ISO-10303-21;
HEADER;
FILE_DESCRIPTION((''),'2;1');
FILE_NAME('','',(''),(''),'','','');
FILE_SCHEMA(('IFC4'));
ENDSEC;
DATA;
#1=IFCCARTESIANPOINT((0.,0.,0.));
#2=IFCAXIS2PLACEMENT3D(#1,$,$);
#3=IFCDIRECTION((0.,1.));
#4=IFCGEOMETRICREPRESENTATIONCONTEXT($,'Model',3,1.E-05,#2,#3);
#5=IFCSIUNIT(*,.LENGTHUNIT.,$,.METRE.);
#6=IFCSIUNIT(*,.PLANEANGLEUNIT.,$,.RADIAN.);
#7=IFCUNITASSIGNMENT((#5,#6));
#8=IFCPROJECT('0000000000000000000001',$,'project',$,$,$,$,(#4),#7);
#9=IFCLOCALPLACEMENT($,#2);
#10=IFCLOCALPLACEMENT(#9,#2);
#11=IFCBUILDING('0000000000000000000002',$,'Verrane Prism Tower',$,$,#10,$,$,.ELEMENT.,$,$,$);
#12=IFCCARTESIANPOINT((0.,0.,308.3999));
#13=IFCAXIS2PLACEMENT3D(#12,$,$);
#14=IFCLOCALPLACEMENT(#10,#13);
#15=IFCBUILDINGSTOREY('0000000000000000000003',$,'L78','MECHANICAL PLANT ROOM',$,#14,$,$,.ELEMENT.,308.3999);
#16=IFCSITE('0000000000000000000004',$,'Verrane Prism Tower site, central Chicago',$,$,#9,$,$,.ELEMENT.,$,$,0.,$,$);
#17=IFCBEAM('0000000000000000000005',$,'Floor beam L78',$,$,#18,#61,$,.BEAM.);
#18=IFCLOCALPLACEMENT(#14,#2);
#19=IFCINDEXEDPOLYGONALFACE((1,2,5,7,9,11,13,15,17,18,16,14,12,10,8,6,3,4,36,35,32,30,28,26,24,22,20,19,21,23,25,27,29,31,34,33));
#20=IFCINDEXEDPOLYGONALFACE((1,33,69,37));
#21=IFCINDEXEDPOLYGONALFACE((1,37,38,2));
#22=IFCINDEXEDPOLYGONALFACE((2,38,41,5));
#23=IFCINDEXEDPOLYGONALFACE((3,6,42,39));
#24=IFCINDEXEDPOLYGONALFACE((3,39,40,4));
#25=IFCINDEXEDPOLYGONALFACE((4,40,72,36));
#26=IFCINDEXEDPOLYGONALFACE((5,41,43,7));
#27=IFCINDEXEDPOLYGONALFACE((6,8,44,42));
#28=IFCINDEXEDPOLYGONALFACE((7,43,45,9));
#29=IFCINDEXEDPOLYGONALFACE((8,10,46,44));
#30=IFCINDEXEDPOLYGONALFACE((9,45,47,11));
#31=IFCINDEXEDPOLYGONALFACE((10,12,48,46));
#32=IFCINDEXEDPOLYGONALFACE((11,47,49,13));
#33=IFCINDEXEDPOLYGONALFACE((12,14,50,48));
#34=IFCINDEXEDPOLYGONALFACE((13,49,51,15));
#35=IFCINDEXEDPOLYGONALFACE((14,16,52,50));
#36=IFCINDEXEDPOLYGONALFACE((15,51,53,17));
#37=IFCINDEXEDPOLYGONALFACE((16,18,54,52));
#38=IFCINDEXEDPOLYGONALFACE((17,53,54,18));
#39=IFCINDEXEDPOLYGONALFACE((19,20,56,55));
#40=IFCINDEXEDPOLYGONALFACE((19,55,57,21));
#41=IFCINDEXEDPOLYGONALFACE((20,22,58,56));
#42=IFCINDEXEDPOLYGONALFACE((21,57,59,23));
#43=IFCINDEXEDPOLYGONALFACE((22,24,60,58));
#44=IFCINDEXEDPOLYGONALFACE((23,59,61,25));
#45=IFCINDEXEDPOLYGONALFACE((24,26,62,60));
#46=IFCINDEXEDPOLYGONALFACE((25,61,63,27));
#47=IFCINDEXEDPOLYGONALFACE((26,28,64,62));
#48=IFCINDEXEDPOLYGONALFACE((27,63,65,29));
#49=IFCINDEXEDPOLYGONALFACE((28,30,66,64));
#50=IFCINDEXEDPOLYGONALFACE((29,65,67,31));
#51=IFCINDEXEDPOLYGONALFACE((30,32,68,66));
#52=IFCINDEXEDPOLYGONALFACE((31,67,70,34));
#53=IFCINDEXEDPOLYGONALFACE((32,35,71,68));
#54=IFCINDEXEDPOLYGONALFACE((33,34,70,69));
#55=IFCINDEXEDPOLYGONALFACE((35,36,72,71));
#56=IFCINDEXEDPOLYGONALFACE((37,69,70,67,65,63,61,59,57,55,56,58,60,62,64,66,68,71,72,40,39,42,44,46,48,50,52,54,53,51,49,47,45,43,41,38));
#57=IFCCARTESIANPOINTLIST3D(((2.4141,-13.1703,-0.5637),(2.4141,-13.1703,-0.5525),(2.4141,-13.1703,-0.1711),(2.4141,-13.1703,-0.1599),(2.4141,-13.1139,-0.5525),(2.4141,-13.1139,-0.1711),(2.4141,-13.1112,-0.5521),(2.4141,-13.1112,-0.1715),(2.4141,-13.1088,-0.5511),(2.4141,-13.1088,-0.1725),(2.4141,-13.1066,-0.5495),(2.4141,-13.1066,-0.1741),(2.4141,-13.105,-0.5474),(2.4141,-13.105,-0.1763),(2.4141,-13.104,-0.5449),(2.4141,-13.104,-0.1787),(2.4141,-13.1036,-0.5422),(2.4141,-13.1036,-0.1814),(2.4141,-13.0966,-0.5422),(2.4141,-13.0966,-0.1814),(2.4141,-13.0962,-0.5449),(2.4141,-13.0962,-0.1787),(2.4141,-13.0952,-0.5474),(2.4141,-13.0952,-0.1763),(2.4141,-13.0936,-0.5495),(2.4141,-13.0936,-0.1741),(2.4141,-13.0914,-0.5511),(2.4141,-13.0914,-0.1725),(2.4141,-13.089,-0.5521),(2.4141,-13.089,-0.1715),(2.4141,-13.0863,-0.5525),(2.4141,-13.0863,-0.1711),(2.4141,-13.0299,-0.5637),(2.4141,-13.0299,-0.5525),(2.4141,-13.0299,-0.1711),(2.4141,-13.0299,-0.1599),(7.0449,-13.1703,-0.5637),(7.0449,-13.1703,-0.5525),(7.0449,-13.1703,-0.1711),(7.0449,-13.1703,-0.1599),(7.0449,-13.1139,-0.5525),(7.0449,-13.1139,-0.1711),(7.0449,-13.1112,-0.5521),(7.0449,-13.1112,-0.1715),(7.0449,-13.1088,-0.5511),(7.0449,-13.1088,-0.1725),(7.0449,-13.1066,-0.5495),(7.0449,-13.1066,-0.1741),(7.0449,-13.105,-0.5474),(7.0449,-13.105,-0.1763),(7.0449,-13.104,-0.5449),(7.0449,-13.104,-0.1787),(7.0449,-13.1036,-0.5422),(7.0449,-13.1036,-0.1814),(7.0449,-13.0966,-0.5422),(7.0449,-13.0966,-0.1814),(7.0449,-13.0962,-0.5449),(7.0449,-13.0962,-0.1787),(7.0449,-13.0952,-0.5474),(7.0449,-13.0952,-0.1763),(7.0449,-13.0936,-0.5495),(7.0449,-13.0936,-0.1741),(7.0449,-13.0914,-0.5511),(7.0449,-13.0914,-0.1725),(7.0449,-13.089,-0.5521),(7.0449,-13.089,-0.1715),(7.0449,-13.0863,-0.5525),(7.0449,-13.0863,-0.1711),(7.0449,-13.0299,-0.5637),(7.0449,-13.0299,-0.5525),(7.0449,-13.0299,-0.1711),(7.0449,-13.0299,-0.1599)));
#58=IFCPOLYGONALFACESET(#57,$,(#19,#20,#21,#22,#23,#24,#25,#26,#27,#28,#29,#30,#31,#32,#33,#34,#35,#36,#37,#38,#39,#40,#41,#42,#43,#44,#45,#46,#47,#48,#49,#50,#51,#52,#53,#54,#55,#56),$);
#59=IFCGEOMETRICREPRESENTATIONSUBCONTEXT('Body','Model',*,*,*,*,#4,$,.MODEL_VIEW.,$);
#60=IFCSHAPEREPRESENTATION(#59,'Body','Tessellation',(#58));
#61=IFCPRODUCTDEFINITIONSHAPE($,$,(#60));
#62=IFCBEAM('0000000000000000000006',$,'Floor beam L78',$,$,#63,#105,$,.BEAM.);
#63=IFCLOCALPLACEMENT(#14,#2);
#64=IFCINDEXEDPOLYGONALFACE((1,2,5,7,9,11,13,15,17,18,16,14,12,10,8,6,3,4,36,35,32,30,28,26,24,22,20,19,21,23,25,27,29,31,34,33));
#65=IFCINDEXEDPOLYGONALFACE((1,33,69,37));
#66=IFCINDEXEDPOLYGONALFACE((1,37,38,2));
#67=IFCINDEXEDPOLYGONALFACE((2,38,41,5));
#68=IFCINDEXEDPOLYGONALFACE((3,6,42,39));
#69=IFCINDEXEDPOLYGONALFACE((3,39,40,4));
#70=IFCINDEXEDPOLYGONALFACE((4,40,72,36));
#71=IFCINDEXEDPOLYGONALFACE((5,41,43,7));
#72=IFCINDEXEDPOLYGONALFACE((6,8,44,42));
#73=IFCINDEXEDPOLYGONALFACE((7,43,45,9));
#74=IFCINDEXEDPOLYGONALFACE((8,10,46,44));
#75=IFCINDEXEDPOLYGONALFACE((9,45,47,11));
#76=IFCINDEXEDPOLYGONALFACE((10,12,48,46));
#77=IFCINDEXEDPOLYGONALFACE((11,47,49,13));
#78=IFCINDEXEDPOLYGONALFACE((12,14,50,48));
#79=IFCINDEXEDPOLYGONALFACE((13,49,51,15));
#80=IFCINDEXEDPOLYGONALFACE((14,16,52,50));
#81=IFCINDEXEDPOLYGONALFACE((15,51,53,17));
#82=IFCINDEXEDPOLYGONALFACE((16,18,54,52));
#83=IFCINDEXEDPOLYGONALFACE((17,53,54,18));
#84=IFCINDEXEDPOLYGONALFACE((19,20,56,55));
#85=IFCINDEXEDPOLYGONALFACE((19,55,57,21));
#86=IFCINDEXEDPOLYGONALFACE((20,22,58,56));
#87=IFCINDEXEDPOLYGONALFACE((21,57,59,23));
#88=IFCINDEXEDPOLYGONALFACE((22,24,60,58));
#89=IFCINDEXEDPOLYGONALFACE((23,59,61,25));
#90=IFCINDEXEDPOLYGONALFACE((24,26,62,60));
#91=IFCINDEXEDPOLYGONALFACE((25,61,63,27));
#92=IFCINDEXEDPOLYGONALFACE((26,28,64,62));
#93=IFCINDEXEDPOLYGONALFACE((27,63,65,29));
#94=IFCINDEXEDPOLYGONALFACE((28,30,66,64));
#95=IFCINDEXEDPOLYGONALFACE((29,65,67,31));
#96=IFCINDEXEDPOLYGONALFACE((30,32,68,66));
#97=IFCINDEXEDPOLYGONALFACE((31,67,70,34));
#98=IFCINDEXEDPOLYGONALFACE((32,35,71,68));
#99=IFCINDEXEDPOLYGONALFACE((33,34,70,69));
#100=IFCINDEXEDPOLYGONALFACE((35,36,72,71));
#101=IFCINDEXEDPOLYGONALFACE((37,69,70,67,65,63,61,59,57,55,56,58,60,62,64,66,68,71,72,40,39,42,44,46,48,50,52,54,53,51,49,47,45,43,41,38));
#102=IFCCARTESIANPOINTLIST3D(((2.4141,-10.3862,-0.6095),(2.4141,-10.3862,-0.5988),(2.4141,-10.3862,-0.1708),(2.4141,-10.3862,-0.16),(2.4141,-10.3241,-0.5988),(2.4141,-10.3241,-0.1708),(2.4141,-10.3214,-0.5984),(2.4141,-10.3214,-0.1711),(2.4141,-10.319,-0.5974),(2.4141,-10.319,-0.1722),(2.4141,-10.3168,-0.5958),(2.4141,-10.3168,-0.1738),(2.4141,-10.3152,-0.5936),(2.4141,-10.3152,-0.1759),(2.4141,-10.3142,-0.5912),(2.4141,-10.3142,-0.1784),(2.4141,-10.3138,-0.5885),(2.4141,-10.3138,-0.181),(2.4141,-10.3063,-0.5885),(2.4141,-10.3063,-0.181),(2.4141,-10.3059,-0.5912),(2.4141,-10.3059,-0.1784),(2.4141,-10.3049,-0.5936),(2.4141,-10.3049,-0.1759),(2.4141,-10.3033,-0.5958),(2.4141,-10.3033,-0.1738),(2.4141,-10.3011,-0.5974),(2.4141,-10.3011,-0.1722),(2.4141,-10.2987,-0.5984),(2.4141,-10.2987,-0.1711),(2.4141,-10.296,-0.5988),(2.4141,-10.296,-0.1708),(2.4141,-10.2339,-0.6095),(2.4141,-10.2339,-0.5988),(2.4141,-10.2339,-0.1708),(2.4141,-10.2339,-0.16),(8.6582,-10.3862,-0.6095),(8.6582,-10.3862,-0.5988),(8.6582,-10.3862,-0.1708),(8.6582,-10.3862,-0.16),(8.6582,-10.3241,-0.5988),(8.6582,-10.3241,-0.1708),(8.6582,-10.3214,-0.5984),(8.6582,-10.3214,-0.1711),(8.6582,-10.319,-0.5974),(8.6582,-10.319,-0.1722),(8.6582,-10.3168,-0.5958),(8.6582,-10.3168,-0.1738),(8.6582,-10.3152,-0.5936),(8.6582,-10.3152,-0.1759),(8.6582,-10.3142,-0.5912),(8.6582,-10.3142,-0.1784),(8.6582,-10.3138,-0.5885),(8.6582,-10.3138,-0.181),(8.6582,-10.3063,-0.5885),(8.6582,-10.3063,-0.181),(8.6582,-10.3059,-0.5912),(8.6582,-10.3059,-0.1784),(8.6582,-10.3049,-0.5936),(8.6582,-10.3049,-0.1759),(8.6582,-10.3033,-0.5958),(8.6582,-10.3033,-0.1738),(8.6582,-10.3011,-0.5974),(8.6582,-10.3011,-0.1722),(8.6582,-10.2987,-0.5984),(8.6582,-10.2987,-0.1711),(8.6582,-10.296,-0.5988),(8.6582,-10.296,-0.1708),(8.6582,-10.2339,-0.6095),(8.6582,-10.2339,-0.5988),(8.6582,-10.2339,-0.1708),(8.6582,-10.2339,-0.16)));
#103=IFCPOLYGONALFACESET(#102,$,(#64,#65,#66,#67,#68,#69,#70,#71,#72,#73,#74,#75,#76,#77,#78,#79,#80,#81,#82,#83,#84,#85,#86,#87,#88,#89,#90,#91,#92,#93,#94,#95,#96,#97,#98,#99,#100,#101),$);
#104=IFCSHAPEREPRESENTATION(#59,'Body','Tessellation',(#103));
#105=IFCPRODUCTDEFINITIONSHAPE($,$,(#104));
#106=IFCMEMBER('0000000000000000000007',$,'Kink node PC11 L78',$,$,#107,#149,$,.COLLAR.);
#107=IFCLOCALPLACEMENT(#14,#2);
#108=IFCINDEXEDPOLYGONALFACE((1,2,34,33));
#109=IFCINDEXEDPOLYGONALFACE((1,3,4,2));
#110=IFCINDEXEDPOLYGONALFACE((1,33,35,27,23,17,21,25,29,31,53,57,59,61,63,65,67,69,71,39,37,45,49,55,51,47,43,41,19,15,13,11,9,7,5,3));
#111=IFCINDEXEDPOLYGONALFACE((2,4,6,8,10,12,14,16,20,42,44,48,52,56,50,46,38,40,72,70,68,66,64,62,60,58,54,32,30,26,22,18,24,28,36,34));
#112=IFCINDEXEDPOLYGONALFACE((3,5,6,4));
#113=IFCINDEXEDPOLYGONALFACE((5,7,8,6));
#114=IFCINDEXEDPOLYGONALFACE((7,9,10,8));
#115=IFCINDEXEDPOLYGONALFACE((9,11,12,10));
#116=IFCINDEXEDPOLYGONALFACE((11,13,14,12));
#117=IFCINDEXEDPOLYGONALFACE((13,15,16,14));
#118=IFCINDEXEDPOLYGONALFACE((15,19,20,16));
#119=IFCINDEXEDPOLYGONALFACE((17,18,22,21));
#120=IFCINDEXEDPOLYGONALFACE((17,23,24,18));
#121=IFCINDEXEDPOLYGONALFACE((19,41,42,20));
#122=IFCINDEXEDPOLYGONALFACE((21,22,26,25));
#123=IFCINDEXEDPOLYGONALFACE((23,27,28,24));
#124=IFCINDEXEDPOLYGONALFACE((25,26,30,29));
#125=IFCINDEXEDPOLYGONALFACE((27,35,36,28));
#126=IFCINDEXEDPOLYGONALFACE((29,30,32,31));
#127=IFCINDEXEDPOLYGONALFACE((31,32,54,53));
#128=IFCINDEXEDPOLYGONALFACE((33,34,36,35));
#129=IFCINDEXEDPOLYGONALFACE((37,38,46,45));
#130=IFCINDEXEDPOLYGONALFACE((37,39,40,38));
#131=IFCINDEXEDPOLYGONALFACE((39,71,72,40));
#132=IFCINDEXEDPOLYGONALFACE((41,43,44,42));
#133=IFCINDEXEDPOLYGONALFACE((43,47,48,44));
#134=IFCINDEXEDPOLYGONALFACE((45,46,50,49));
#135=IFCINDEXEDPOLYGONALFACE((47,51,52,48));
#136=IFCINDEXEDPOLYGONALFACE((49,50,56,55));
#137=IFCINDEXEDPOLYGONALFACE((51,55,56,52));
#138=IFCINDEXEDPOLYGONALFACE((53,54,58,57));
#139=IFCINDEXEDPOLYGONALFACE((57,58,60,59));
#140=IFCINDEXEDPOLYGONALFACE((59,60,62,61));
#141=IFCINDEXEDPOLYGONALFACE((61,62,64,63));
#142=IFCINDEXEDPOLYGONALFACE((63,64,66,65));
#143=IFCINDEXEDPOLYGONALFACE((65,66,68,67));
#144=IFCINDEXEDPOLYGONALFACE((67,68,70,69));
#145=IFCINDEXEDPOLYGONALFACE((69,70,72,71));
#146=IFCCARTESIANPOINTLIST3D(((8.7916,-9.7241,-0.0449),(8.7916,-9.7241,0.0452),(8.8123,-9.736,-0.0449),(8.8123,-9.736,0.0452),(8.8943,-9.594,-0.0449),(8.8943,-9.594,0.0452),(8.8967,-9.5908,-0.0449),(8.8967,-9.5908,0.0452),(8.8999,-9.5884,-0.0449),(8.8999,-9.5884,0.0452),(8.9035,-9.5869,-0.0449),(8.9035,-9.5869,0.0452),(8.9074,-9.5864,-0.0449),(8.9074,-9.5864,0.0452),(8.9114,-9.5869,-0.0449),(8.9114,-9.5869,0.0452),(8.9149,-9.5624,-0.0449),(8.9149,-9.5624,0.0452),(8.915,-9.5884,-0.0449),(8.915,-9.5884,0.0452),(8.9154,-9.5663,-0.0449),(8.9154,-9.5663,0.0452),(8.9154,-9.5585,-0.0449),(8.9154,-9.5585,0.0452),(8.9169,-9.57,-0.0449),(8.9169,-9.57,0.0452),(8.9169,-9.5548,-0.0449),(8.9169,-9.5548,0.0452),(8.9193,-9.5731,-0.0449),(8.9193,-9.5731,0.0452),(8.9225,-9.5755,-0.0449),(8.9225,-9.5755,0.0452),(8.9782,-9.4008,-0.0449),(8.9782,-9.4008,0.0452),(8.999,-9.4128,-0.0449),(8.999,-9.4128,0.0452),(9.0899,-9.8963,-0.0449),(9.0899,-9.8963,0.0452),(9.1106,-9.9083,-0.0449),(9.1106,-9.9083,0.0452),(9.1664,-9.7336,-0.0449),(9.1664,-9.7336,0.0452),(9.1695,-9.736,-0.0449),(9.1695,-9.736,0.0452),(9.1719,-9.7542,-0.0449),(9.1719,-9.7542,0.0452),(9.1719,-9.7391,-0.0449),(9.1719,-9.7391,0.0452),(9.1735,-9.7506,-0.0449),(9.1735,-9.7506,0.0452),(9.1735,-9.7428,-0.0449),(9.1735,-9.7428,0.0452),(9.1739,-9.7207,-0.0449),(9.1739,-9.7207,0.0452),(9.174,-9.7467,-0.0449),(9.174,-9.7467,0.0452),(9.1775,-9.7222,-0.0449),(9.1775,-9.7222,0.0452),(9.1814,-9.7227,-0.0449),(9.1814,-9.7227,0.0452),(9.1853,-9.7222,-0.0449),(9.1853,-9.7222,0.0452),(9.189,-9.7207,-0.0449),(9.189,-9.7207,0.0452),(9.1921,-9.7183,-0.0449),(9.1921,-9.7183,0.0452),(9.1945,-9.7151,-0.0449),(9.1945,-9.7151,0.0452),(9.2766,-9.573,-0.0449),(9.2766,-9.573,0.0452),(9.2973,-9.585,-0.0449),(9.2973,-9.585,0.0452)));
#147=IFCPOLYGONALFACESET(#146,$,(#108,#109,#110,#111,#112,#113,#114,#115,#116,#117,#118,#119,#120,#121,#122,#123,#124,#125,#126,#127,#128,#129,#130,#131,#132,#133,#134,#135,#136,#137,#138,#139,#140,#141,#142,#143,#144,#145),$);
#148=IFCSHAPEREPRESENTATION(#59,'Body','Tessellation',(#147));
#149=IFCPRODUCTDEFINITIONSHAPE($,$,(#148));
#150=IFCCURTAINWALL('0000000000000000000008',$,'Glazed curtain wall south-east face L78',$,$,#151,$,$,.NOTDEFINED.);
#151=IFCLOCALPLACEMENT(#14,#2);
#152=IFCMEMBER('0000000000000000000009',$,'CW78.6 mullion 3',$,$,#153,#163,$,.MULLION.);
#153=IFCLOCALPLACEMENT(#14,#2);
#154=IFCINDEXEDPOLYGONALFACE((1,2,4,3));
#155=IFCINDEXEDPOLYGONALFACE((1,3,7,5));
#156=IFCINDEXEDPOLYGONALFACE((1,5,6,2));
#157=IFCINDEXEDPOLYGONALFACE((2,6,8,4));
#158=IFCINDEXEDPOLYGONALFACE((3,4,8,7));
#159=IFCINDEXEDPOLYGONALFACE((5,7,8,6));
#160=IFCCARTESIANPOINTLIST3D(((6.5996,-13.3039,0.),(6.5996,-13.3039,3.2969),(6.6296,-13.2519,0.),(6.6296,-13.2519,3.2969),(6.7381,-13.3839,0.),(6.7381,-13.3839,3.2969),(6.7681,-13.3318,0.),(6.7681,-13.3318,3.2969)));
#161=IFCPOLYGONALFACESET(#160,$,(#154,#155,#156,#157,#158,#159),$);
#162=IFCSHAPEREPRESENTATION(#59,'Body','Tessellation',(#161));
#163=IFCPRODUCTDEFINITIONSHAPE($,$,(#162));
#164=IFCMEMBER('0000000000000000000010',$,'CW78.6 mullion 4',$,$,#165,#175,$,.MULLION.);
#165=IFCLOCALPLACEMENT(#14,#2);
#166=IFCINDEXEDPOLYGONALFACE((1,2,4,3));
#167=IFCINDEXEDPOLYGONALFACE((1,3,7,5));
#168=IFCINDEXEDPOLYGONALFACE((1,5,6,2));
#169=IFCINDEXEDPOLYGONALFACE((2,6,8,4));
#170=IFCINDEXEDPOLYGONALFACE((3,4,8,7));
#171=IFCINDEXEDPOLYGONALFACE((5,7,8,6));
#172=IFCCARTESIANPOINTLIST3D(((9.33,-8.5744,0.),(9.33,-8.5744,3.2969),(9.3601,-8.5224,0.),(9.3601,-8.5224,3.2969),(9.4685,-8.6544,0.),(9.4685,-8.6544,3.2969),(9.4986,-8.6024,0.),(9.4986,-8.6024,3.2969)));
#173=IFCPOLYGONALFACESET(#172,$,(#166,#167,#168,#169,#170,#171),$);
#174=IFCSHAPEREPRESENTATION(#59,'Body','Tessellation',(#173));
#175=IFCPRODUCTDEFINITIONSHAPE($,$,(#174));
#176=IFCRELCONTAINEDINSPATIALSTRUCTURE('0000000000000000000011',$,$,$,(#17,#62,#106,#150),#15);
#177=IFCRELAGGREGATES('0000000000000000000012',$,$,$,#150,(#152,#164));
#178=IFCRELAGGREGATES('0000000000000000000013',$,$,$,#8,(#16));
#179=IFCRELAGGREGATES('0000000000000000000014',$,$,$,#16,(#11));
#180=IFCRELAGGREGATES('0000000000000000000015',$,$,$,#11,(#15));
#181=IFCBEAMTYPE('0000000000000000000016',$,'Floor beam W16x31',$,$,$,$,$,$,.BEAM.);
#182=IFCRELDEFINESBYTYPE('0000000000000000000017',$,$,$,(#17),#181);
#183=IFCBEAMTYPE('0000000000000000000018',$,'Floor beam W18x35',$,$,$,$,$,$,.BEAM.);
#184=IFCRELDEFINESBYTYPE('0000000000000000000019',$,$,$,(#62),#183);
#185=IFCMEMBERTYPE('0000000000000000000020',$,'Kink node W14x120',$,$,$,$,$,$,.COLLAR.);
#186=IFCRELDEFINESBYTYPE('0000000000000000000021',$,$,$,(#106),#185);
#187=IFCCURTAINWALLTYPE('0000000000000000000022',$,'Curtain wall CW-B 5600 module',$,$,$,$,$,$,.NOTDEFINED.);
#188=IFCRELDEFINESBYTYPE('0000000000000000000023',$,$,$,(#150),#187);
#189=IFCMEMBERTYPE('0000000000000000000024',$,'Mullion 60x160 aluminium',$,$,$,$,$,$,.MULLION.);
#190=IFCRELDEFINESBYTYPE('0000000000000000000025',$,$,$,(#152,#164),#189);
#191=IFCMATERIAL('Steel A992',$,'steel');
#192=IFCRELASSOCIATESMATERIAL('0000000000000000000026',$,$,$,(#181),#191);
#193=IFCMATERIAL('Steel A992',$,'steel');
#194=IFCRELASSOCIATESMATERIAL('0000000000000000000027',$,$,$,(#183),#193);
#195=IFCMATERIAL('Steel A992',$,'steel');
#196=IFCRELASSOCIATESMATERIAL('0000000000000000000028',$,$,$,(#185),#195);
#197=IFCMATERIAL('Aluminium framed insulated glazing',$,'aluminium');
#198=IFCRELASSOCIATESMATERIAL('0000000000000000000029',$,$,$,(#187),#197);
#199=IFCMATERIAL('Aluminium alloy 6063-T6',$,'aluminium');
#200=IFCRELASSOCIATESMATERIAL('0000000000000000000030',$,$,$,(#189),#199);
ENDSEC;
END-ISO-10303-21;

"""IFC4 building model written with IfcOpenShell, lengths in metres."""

from ifc_helpers import new_model, si_unit, direction, frame, origin, origin_2d, place, context, subcontext, project, spatial, rectangle, i_section, extrude, material, material_profile, profile_set, type_object, element, aggregate, save


model = new_model("IFC4")

# Units and contexts
model_context = context("Model", 3, precision=1e-05, world=origin(), true_north=direction((0.0, 1.0)))
body_context = subcontext(model_context, "Body", "Model", "MODEL_VIEW")
ifc_project = project(units=[si_unit("LENGTHUNIT", "METRE"), si_unit("PLANEANGLEUNIT", "RADIAN")], contexts=[model_context])

# Site, building, storey
site_placement = place(None, origin())
site = spatial("IfcSite", under=ifc_project, at=site_placement, Name="Verrane Prism Tower site, central Chicago", CompositionType="ELEMENT", RefElevation=0.0)
building_placement = place(site_placement, origin())
building = spatial("IfcBuilding", under=site, at=building_placement, Name="Verrane Prism Tower", CompositionType="ELEMENT")
storey_placement = place(building_placement, frame((0.0, 0.0, 308.3999)))
storey = spatial("IfcBuildingStorey", under=building, at=storey_placement, Name="L78", Description="MECHANICAL PLANT ROOM", CompositionType="ELEMENT", Elevation=308.3999)

# Beams
ifc_material_1 = material(Name="Steel A992", Category="steel")
ifc_material_profile_1 = material_profile(ifc_material_1, i_section(OverallWidth=0.1404, OverallDepth=0.4038, WebThickness=0.0071, FlangeThickness=0.0112, FilletRadius=0.0103, at=origin_2d()), Name="W16x31")
ifc_profile_set_1 = profile_set([ifc_material_profile_1], Name="Steel A992")
beam_type_1 = type_object("IfcBeamType", Name="Floor beam W16x31", PredefinedType="BEAM", material=ifc_profile_set_1)
beam_1_placement = place(storey_placement, frame((2.4141, -13.1001, -0.3618), z_axis=(1.0, 0.0, 0.0), x_axis=(0.0, 1.0, 0.0)))
element("IfcBeam", 1, at=beam_1_placement, inside=storey, type_object=beam_type_1, Name="Floor beam L78", PredefinedType="BEAM", context=body_context, shape_type="SweptSolid", body=[
    extrude(i_section(OverallWidth=0.1404, OverallDepth=0.4038, WebThickness=0.0071, FlangeThickness=0.0112, FilletRadius=0.0103, at=origin_2d()), origin(), (0.0, 0.0, 1.0), 4.6309),
])
ifc_material_2 = material(Name="Steel A992", Category="steel")
ifc_material_profile_2 = material_profile(ifc_material_2, i_section(OverallWidth=0.1523, OverallDepth=0.4495, WebThickness=0.0076, FlangeThickness=0.0107, FilletRadius=0.0103, at=origin_2d()), Name="W18x35")
ifc_profile_set_2 = profile_set([ifc_material_profile_2], Name="Steel A992")
beam_type_2 = type_object("IfcBeamType", Name="Floor beam W18x35", PredefinedType="BEAM", material=ifc_profile_set_2)
beam_2_placement = place(storey_placement, frame((2.4141, -10.3101, -0.3848), z_axis=(1.0, 0.0, 0.0), x_axis=(0.0, 1.0, 0.0)))
element("IfcBeam", 2, at=beam_2_placement, inside=storey, type_object=beam_type_2, Name="Floor beam L78", PredefinedType="BEAM", context=body_context, shape_type="SweptSolid", body=[
    extrude(i_section(OverallWidth=0.1523, OverallDepth=0.4495, WebThickness=0.0076, FlangeThickness=0.0107, FilletRadius=0.0103, at=origin_2d()), origin(), (0.0, 0.0, 1.0), 6.2441),
])

# Member
ifc_material_3 = material(Name="Steel A992", Category="steel")
ifc_material_profile_3 = material_profile(ifc_material_3, i_section(OverallWidth=0.3733, OverallDepth=0.3684, WebThickness=0.0149, FlangeThickness=0.0239, FilletRadius=0.0151, at=origin_2d()), Name="W14x120")
ifc_profile_set_3 = profile_set([ifc_material_profile_3], Name="Steel A992")
member_type_1 = type_object("IfcMemberType", Name="Kink node W14x120", PredefinedType="COLLAR", material=ifc_profile_set_3)
member_1_placement = place(storey_placement, frame((9.0444, -9.6545, -0.0449), z_axis=(0.0, 0.0, 1.0), x_axis=(-0.5, -0.866025, 0.0)))
element("IfcMember", 3, at=member_1_placement, inside=storey, type_object=member_type_1, Name="Kink node PC11 L78", PredefinedType="COLLAR", context=body_context, shape_type="SweptSolid", body=[
    extrude(i_section(OverallWidth=0.3733, OverallDepth=0.3684, WebThickness=0.0149, FlangeThickness=0.0239, FilletRadius=0.0151, at=origin_2d()), origin(), (0.0, 0.0, 1.0), 0.0901),
])

# Curtain wall, members
ifc_material_4 = material(Name="Aluminium framed insulated glazing", Category="aluminium")
curtain_wall_type = type_object("IfcCurtainWallType", Name="Curtain wall CW-B 5600 module", PredefinedType="NOTDEFINED", material=ifc_material_4)
curtain_wall_placement = place(storey_placement, origin())
curtain_wall = element("IfcCurtainWall", 4, at=curtain_wall_placement, inside=storey, type_object=curtain_wall_type, Name="Glazed curtain wall south-east face L78", PredefinedType="NOTDEFINED")
ifc_material_5 = material(Name="Aluminium alloy 6063-T6", Category="aluminium")
ifc_material_profile_4 = material_profile(ifc_material_5, rectangle(XDim=0.1599, YDim=0.0601, at=origin_2d()), Name="Mullion 60x160 aluminium")
ifc_profile_set_4 = profile_set([ifc_material_profile_4], Name="Aluminium alloy 6063-T6")
member_type_2 = type_object("IfcMemberType", Name="Mullion 60x160 aluminium", PredefinedType="MULLION", material=ifc_profile_set_4)
member_2_placement = place(storey_placement, frame((6.6838, -13.3179, 0.0), z_axis=(0.0, 0.0, 1.0), x_axis=(-0.866025, 0.5, 0.0)))
member_2 = element("IfcMember", 5, at=member_2_placement, type_object=member_type_2, Name="CW78.6 mullion 3", PredefinedType="MULLION", context=body_context, shape_type="SweptSolid", body=[
    extrude(rectangle(XDim=0.1599, YDim=0.0601, at=origin_2d()), origin(), (0.0, 0.0, 1.0), 3.2969),
])
member_3_placement = place(storey_placement, frame((9.4143, -8.5884, 0.0), z_axis=(0.0, 0.0, 1.0), x_axis=(-0.866025, 0.5, 0.0)))
member_3 = element("IfcMember", 6, at=member_3_placement, type_object=member_type_2, Name="CW78.6 mullion 4", PredefinedType="MULLION", context=body_context, shape_type="SweptSolid", body=[
    extrude(rectangle(XDim=0.1599, YDim=0.0601, at=origin_2d()), origin(), (0.0, 0.0, 1.0), 3.2969),
])

aggregate(curtain_wall, [member_2, member_3])

save(model, "model.ifc")
